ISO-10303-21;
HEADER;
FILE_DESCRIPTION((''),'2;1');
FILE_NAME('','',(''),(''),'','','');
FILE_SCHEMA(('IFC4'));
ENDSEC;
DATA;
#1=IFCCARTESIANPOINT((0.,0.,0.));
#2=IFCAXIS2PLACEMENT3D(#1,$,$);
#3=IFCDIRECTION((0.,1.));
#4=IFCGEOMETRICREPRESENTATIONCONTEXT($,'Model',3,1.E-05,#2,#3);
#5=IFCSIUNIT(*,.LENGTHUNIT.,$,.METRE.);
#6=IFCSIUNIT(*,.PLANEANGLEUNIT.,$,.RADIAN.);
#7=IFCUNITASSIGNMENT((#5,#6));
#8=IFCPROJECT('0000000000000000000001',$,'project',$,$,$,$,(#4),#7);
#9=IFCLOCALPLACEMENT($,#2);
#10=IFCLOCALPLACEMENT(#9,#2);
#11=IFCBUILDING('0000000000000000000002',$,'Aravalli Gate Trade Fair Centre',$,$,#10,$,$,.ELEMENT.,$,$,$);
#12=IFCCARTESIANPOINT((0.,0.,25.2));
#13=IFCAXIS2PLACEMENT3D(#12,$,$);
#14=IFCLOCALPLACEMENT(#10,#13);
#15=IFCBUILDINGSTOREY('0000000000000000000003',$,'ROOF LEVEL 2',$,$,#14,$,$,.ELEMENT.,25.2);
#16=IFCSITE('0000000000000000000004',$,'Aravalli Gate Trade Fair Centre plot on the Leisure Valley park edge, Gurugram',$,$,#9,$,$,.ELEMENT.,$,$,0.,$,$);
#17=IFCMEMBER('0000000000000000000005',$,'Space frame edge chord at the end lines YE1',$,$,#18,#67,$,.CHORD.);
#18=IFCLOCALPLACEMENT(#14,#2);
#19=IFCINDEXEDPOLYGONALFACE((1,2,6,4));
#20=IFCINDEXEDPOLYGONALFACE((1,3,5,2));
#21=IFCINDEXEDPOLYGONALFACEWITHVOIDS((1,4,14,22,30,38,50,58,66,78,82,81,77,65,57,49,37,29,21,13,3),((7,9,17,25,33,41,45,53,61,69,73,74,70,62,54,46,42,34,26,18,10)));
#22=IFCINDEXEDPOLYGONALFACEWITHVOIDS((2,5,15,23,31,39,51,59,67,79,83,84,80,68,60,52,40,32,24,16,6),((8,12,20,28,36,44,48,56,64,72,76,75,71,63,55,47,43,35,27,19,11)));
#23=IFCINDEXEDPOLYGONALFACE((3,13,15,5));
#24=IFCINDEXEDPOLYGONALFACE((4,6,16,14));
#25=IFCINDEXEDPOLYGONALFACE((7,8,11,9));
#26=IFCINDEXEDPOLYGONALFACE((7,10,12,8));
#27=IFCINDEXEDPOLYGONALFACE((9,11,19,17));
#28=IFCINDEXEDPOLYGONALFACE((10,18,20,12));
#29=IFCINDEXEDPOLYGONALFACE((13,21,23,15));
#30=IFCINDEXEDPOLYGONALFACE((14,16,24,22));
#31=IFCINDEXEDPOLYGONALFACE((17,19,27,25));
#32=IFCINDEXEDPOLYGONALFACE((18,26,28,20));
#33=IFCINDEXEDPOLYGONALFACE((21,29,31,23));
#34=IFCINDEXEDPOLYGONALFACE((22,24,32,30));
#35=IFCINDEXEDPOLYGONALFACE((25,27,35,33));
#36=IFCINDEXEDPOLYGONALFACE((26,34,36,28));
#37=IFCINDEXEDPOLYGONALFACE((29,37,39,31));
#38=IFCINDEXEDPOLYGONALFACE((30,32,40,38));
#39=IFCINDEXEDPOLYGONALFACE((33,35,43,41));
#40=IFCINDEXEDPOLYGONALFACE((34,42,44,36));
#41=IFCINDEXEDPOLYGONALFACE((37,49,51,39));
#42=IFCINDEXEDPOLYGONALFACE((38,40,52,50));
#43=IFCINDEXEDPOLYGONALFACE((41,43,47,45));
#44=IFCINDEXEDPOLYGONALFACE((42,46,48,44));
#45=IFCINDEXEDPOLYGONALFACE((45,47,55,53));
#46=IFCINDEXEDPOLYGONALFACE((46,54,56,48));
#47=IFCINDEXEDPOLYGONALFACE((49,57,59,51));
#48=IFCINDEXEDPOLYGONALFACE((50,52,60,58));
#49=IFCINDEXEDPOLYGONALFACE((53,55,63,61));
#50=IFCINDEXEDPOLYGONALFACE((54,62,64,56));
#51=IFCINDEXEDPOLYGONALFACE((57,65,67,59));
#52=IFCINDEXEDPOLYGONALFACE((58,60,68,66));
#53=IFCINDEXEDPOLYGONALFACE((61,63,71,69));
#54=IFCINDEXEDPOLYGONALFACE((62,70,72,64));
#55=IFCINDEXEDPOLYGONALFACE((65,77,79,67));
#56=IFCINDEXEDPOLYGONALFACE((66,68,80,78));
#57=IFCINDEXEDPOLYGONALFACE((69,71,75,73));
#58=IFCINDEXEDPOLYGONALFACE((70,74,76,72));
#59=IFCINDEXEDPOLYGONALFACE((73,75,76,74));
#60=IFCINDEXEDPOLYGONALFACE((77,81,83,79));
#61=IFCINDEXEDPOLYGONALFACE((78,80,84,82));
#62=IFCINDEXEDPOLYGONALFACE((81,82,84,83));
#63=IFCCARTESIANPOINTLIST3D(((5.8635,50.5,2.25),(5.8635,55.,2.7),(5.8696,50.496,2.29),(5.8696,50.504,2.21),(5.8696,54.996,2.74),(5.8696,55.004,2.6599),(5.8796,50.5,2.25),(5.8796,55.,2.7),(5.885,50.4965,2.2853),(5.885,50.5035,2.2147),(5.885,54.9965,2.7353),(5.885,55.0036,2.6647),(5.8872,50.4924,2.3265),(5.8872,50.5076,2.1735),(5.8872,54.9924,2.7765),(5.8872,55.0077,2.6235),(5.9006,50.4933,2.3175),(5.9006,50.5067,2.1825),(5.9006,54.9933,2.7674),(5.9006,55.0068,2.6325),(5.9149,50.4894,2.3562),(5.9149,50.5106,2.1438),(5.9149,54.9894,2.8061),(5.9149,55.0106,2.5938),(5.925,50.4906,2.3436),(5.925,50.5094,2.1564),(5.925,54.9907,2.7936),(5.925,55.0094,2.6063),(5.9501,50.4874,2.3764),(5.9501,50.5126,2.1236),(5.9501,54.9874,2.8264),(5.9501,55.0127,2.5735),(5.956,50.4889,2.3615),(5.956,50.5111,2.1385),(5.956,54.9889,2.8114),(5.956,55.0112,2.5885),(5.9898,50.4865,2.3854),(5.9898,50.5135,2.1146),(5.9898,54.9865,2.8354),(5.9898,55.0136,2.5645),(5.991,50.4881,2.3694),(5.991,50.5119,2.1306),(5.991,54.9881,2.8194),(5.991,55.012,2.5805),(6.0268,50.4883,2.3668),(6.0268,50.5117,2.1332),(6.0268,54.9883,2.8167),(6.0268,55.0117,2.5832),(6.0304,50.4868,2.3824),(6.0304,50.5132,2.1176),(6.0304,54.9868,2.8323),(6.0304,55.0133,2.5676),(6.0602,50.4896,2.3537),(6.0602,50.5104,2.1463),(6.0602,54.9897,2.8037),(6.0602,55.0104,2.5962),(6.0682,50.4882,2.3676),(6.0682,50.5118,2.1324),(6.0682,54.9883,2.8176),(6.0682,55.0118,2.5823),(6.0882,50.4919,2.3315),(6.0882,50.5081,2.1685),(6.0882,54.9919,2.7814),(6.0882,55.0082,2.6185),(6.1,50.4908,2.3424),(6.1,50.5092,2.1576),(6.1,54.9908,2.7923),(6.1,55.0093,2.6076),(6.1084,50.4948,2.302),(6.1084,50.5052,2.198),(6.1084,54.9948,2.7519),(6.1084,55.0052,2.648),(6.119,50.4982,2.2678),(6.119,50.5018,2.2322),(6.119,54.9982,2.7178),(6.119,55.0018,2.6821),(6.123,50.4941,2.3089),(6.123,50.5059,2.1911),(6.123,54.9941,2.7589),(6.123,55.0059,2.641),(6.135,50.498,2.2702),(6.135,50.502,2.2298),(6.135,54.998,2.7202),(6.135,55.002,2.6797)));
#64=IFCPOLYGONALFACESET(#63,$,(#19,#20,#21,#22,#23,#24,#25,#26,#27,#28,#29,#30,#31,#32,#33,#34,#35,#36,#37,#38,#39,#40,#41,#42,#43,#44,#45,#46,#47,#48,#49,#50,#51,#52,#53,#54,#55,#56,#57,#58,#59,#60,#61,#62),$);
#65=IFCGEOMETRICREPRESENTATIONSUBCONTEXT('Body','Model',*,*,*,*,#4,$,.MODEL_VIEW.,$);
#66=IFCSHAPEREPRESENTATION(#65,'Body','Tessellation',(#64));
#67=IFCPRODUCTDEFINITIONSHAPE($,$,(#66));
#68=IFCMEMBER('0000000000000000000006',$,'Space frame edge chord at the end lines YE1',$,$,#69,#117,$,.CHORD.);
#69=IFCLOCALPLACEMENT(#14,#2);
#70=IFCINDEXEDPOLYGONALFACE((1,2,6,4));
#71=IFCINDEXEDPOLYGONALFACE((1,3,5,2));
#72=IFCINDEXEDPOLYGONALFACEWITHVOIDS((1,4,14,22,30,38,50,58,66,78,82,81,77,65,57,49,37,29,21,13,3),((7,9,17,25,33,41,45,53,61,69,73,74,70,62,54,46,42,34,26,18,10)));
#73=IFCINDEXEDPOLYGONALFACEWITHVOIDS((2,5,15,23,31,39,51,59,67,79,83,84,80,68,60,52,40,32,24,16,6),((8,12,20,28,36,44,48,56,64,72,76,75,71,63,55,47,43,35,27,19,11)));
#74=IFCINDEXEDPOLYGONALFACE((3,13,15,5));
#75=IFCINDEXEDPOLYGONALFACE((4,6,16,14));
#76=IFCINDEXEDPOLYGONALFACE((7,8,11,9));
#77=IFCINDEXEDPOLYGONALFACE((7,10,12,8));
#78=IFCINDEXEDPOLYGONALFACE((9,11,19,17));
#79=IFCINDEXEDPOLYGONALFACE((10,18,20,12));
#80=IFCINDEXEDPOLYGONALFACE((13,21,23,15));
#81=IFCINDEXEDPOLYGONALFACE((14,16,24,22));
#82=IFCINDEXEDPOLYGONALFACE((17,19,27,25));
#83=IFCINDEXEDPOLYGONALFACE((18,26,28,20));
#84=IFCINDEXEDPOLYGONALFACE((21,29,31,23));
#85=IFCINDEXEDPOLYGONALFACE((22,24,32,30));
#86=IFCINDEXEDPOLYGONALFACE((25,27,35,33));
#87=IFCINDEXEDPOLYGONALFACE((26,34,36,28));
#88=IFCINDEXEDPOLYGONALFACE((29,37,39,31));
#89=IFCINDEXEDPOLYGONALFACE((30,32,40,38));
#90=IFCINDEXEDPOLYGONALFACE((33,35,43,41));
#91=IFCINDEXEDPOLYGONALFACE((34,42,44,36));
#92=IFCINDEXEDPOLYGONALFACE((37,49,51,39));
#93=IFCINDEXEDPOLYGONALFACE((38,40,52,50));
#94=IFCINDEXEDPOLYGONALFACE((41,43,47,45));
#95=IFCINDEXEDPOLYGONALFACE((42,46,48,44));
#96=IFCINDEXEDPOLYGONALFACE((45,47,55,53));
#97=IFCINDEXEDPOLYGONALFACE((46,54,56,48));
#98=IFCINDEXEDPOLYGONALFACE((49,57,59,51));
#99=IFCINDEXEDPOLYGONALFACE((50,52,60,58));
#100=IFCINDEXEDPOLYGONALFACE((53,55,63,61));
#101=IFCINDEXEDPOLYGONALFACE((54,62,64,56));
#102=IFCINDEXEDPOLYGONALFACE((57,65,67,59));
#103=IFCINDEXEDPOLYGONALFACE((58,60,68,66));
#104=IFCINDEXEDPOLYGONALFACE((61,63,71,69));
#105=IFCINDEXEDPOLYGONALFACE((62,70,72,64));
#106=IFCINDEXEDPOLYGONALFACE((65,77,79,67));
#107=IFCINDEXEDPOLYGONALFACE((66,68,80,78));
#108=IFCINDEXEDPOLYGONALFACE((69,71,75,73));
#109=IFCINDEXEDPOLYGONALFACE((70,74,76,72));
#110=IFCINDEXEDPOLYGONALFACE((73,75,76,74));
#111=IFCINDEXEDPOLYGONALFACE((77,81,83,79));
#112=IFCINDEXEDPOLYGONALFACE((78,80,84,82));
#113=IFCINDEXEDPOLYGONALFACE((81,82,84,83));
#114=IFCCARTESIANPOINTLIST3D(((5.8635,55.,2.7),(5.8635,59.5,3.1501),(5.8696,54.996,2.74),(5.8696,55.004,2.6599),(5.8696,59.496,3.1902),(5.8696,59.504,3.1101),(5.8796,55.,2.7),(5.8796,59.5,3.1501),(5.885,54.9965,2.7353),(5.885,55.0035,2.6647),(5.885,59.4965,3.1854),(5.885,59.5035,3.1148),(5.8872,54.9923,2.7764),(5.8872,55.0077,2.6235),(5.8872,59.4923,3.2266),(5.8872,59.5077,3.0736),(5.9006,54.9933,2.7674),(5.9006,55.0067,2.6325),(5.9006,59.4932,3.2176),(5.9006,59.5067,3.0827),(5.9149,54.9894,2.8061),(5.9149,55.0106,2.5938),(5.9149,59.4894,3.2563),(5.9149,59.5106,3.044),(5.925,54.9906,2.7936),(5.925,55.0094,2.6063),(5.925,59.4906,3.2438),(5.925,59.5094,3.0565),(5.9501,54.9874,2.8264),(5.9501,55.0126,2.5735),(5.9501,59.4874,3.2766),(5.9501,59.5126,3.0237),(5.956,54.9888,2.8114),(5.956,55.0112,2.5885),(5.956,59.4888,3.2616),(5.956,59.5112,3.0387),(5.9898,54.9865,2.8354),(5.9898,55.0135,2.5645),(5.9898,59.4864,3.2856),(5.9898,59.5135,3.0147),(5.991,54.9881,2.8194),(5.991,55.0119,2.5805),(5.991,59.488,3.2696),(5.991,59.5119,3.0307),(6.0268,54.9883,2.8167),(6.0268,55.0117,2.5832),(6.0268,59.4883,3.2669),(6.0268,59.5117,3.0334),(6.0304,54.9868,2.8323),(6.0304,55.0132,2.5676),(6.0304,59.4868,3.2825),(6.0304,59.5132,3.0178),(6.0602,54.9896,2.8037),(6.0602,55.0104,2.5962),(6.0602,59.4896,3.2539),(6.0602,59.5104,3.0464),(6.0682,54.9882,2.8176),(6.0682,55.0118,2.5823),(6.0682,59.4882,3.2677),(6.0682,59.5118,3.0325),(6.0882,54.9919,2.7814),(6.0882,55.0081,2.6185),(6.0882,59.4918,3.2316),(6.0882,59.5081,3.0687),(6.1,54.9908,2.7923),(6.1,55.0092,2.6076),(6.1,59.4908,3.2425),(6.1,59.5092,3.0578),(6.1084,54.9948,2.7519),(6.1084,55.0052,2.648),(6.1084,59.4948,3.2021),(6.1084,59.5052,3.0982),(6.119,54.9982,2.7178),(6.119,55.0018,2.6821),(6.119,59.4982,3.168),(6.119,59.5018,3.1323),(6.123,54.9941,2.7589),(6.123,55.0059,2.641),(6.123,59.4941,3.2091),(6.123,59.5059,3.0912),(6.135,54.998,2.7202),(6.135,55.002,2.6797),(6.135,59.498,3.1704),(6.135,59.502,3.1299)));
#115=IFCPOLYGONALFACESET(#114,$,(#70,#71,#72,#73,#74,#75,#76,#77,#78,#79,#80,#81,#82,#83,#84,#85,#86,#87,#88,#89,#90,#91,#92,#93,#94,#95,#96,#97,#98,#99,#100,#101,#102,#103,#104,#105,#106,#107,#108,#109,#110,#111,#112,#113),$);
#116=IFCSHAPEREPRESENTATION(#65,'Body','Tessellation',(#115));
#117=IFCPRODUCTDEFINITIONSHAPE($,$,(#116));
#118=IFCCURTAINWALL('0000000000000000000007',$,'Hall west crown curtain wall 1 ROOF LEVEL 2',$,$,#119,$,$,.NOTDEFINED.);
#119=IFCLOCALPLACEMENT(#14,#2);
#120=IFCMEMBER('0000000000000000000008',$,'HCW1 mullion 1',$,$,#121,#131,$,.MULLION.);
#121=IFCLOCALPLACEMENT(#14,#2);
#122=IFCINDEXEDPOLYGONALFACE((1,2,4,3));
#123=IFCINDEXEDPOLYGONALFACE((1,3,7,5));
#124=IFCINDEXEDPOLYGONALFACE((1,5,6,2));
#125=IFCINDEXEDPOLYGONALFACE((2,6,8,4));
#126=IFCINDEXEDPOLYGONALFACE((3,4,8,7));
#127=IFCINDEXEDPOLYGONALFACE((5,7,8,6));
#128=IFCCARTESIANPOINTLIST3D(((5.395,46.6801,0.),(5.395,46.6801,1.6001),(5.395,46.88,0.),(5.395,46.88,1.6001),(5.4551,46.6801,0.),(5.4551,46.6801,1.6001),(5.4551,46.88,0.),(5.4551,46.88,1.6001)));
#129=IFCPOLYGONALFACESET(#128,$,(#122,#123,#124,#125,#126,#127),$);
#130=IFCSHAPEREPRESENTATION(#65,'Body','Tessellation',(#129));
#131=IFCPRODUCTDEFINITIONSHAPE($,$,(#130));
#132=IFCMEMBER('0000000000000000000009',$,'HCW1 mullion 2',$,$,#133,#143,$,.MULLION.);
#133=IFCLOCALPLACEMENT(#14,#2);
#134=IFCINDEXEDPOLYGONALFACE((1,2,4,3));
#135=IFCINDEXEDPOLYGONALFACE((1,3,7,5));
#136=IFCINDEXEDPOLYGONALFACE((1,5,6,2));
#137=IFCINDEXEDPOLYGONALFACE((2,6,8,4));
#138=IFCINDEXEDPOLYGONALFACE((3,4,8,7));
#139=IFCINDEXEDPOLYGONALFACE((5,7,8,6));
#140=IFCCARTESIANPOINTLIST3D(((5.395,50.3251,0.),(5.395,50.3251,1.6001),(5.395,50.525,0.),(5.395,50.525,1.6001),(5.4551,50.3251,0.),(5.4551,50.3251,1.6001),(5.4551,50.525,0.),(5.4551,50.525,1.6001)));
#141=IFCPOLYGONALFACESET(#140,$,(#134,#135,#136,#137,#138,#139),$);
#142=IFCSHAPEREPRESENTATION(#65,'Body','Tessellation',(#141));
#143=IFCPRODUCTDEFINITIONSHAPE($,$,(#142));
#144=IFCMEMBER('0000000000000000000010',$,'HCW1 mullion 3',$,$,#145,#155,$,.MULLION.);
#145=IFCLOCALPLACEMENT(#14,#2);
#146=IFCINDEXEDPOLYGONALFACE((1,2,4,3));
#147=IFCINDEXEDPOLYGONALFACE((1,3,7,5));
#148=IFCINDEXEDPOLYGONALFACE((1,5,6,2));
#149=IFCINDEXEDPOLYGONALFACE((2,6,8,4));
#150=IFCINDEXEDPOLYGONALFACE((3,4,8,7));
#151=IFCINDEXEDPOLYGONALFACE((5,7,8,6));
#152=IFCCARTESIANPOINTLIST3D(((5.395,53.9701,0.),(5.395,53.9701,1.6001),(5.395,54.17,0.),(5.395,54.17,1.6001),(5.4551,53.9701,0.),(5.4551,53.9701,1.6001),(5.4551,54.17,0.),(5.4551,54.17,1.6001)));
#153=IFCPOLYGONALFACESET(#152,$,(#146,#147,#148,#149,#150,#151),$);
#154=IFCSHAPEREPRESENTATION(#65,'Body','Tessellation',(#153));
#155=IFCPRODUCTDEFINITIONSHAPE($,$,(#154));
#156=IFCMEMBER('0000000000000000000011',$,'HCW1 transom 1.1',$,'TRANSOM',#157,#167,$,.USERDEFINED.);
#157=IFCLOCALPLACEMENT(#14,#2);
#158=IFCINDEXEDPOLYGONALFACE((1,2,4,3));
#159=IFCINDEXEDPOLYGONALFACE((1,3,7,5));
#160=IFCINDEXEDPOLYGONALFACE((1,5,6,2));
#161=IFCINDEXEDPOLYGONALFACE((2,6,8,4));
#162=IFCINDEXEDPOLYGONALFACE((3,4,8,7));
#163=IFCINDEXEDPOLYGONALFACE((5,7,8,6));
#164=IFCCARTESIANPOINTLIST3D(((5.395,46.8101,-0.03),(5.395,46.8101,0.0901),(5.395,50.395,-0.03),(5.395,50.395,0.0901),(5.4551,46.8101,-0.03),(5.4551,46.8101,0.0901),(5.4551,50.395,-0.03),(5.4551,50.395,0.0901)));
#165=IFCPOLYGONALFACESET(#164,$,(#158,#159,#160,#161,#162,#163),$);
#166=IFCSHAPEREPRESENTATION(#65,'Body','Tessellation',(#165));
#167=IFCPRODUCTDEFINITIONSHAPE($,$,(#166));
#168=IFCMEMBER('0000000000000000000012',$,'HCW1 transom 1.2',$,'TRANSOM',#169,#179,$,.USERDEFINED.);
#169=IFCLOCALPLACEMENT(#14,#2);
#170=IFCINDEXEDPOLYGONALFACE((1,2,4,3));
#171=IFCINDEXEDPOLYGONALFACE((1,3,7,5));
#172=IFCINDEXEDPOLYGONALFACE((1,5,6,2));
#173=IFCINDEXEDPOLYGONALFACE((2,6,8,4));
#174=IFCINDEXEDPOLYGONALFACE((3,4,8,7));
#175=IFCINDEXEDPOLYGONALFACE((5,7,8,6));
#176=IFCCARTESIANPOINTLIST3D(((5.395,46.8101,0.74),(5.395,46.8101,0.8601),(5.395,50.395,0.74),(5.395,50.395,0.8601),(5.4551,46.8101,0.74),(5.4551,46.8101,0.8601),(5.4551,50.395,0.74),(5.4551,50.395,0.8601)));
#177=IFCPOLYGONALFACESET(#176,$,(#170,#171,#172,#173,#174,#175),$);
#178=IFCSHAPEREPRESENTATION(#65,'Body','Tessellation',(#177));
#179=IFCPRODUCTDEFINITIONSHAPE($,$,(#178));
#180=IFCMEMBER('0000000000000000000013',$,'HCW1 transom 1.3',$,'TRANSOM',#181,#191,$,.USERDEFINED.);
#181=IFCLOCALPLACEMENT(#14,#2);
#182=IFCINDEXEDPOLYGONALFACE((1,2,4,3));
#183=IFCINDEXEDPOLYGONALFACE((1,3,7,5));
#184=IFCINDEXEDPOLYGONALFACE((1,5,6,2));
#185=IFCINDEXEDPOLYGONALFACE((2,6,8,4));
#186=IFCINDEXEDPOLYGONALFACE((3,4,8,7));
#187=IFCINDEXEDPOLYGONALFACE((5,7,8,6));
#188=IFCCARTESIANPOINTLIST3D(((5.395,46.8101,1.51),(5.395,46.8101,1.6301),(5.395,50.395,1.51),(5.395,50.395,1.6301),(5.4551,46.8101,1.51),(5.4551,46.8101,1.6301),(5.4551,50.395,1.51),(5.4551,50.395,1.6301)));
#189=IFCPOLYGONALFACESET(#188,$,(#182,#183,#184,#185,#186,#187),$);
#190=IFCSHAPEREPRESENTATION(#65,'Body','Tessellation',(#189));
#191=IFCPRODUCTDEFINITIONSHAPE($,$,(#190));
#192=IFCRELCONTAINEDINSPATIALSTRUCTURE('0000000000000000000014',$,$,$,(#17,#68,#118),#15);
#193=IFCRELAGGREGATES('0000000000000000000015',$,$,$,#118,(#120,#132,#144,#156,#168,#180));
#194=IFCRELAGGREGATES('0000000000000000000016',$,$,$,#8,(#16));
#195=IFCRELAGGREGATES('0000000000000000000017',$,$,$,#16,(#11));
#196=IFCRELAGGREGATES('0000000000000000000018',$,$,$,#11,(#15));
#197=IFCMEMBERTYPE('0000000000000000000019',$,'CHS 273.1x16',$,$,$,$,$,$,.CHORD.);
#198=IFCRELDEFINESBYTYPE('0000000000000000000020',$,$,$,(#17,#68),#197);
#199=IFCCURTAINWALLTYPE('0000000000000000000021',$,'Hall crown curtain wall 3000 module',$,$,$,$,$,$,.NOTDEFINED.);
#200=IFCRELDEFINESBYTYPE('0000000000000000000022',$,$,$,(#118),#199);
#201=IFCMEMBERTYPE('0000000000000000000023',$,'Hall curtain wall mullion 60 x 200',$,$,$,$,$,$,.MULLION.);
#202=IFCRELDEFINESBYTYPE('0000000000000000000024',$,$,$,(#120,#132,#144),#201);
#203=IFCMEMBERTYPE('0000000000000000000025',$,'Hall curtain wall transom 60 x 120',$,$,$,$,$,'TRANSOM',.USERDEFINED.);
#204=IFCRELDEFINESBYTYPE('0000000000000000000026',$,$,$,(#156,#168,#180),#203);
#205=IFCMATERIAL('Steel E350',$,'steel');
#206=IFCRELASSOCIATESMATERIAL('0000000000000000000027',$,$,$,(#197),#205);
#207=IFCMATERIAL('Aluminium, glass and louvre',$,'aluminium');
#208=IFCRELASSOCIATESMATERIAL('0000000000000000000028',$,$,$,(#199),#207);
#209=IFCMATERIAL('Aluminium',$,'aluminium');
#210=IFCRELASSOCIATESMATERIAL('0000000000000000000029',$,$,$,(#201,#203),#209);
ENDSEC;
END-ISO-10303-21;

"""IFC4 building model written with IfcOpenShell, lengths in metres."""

from ifc_helpers import new_model, si_unit, direction, frame, origin, origin_2d, place, context, subcontext, project, spatial, rectangle, hollow_circle, extrude, material, material_profile, profile_set, type_object, element, aggregate, save


model = new_model("IFC4")

# Units and contexts
model_context = context("Model", 3, precision=1e-05, world=origin(), true_north=direction((0.0, 1.0)))
body_context = subcontext(model_context, "Body", "Model", "MODEL_VIEW")
ifc_project = project(units=[si_unit("LENGTHUNIT", "METRE"), si_unit("PLANEANGLEUNIT", "RADIAN")], contexts=[model_context])

# Site, building, storey
site_placement = place(None, origin())
site = spatial("IfcSite", under=ifc_project, at=site_placement, Name="Aravalli Gate Trade Fair Centre plot on the Leisure Valley park edge, Gurugram", CompositionType="ELEMENT", RefElevation=0.0)
building_placement = place(site_placement, origin())
building = spatial("IfcBuilding", under=site, at=building_placement, Name="Aravalli Gate Trade Fair Centre", CompositionType="ELEMENT")
storey_placement = place(building_placement, frame((0.0, 0.0, 25.2)))
storey = spatial("IfcBuildingStorey", under=building, at=storey_placement, Name="ROOF LEVEL 2", CompositionType="ELEMENT", Elevation=25.2)

# Members
ifc_material_1 = material(Name="Steel E350", Category="steel")
ifc_material_profile_1 = material_profile(ifc_material_1, hollow_circle(Radius=0.1365, WallThickness=0.0161, at=origin_2d()), Name="CHS 273.1x16")
ifc_profile_set_1 = profile_set([ifc_material_profile_1], Name="Steel E350")
member_type_1 = type_object("IfcMemberType", Name="CHS 273.1x16", PredefinedType="CHORD", material=ifc_profile_set_1)
for number, where, z_axis, x_axis, name in (
    (1, (6.0, 50.5, 2.25), (0.0, 0.995038, 0.099493), (-1.0, 0.0, 0.0), "Space frame edge chord at the end lines YE1"),
    (2, (6.0, 55.0, 2.7), (0.0, 0.995033, 0.099546), (-1.0, 0.0, 0.0), "Space frame edge chord at the end lines YE1"),
):
    element("IfcMember", number, at=place(storey_placement, frame(where, z_axis=z_axis, x_axis=x_axis)), inside=storey, type_object=member_type_1, Name=name, PredefinedType="CHORD", context=body_context, shape_type="SweptSolid", body=[
        extrude(hollow_circle(Radius=0.1365, WallThickness=0.0161, at=origin_2d()), origin(), (0.0, 0.0, 1.0), 4.5225),
    ])

# Curtain wall, members
ifc_material_2 = material(Name="Aluminium, glass and louvre", Category="aluminium")
curtain_wall_type = type_object("IfcCurtainWallType", Name="Hall crown curtain wall 3000 module", PredefinedType="NOTDEFINED", material=ifc_material_2)
curtain_wall_placement = place(storey_placement, origin())
curtain_wall = element("IfcCurtainWall", 3, at=curtain_wall_placement, inside=storey, type_object=curtain_wall_type, Name="Hall west crown curtain wall 1 ROOF LEVEL 2", PredefinedType="NOTDEFINED")
ifc_material_3 = material(Name="Aluminium", Category="aluminium")
ifc_material_profile_2 = material_profile(ifc_material_3, rectangle(XDim=0.0601, YDim=0.2, at=origin_2d()), Name="Hall curtain wall mullion 60 x 200")
ifc_profile_set_2 = profile_set([ifc_material_profile_2], Name="Aluminium")
member_type_2 = type_object("IfcMemberType", Name="Hall curtain wall mullion 60 x 200", PredefinedType="MULLION", material=ifc_profile_set_2)
member_1_placement = place(storey_placement, frame((5.425, 46.78, 0.0), z_axis=(0.0, 0.0, 1.0), x_axis=(-1.0, 0.0, 0.0)))
member_1 = element("IfcMember", 4, at=member_1_placement, type_object=member_type_2, Name="HCW1 mullion 1", PredefinedType="MULLION", context=body_context, shape_type="SweptSolid", body=[
    extrude(rectangle(XDim=0.0601, YDim=0.2, at=origin_2d()), origin(), (0.0, 0.0, 1.0), 1.6001),
])
member_2_placement = place(storey_placement, frame((5.425, 50.425, 0.0), z_axis=(0.0, 0.0, 1.0), x_axis=(-1.0, 0.0, 0.0)))
member_2 = element("IfcMember", 5, at=member_2_placement, type_object=member_type_2, Name="HCW1 mullion 2", PredefinedType="MULLION", context=body_context, shape_type="SweptSolid", body=[
    extrude(rectangle(XDim=0.0601, YDim=0.2, at=origin_2d()), origin(), (0.0, 0.0, 1.0), 1.6001),
])
member_3_placement = place(storey_placement, frame((5.425, 54.0701, 0.0), z_axis=(0.0, 0.0, 1.0), x_axis=(-1.0, 0.0, 0.0)))
member_3 = element("IfcMember", 6, at=member_3_placement, type_object=member_type_2, Name="HCW1 mullion 3", PredefinedType="MULLION", context=body_context, shape_type="SweptSolid", body=[
    extrude(rectangle(XDim=0.0601, YDim=0.2, at=origin_2d()), origin(), (0.0, 0.0, 1.0), 1.6001),
])
ifc_material_profile_3 = material_profile(ifc_material_3, rectangle(XDim=0.0601, YDim=0.1201, at=origin_2d()), Name="Hall curtain wall transom 60 x 120")
ifc_profile_set_3 = profile_set([ifc_material_profile_3], Name="Aluminium")
member_type_3 = type_object("IfcMemberType", Name="Hall curtain wall transom 60 x 120", ElementType="TRANSOM", PredefinedType="USERDEFINED", material=ifc_profile_set_3)
member_4_placement = place(storey_placement, frame((5.425, 46.8101, 0.03), z_axis=(0.0, 1.0, 0.0), x_axis=(-1.0, 0.0, 0.0)))
member_4 = element("IfcMember", 7, at=member_4_placement, type_object=member_type_3, Name="HCW1 transom 1.1", ObjectType="TRANSOM", PredefinedType="USERDEFINED", context=body_context, shape_type="SweptSolid", body=[
    extrude(rectangle(XDim=0.0601, YDim=0.1201, at=origin_2d()), origin(), (0.0, 0.0, 1.0), 3.585),
])
member_5_placement = place(storey_placement, frame((5.425, 46.8101, 0.8), z_axis=(0.0, 1.0, 0.0), x_axis=(-1.0, 0.0, 0.0)))
member_5 = element("IfcMember", 8, at=member_5_placement, type_object=member_type_3, Name="HCW1 transom 1.2", ObjectType="TRANSOM", PredefinedType="USERDEFINED", context=body_context, shape_type="SweptSolid", body=[
    extrude(rectangle(XDim=0.0601, YDim=0.1201, at=origin_2d()), origin(), (0.0, 0.0, 1.0), 3.585),
])
member_6_placement = place(storey_placement, frame((5.425, 46.8101, 1.5701), z_axis=(0.0, 1.0, 0.0), x_axis=(-1.0, 0.0, 0.0)))
member_6 = element("IfcMember", 9, at=member_6_placement, type_object=member_type_3, Name="HCW1 transom 1.3", ObjectType="TRANSOM", PredefinedType="USERDEFINED", context=body_context, shape_type="SweptSolid", body=[
    extrude(rectangle(XDim=0.0601, YDim=0.1201, at=origin_2d()), origin(), (0.0, 0.0, 1.0), 3.585),
])
aggregate(curtain_wall, [member_1, member_2, member_3, member_4, member_5, member_6])

save(model, "model.ifc")
